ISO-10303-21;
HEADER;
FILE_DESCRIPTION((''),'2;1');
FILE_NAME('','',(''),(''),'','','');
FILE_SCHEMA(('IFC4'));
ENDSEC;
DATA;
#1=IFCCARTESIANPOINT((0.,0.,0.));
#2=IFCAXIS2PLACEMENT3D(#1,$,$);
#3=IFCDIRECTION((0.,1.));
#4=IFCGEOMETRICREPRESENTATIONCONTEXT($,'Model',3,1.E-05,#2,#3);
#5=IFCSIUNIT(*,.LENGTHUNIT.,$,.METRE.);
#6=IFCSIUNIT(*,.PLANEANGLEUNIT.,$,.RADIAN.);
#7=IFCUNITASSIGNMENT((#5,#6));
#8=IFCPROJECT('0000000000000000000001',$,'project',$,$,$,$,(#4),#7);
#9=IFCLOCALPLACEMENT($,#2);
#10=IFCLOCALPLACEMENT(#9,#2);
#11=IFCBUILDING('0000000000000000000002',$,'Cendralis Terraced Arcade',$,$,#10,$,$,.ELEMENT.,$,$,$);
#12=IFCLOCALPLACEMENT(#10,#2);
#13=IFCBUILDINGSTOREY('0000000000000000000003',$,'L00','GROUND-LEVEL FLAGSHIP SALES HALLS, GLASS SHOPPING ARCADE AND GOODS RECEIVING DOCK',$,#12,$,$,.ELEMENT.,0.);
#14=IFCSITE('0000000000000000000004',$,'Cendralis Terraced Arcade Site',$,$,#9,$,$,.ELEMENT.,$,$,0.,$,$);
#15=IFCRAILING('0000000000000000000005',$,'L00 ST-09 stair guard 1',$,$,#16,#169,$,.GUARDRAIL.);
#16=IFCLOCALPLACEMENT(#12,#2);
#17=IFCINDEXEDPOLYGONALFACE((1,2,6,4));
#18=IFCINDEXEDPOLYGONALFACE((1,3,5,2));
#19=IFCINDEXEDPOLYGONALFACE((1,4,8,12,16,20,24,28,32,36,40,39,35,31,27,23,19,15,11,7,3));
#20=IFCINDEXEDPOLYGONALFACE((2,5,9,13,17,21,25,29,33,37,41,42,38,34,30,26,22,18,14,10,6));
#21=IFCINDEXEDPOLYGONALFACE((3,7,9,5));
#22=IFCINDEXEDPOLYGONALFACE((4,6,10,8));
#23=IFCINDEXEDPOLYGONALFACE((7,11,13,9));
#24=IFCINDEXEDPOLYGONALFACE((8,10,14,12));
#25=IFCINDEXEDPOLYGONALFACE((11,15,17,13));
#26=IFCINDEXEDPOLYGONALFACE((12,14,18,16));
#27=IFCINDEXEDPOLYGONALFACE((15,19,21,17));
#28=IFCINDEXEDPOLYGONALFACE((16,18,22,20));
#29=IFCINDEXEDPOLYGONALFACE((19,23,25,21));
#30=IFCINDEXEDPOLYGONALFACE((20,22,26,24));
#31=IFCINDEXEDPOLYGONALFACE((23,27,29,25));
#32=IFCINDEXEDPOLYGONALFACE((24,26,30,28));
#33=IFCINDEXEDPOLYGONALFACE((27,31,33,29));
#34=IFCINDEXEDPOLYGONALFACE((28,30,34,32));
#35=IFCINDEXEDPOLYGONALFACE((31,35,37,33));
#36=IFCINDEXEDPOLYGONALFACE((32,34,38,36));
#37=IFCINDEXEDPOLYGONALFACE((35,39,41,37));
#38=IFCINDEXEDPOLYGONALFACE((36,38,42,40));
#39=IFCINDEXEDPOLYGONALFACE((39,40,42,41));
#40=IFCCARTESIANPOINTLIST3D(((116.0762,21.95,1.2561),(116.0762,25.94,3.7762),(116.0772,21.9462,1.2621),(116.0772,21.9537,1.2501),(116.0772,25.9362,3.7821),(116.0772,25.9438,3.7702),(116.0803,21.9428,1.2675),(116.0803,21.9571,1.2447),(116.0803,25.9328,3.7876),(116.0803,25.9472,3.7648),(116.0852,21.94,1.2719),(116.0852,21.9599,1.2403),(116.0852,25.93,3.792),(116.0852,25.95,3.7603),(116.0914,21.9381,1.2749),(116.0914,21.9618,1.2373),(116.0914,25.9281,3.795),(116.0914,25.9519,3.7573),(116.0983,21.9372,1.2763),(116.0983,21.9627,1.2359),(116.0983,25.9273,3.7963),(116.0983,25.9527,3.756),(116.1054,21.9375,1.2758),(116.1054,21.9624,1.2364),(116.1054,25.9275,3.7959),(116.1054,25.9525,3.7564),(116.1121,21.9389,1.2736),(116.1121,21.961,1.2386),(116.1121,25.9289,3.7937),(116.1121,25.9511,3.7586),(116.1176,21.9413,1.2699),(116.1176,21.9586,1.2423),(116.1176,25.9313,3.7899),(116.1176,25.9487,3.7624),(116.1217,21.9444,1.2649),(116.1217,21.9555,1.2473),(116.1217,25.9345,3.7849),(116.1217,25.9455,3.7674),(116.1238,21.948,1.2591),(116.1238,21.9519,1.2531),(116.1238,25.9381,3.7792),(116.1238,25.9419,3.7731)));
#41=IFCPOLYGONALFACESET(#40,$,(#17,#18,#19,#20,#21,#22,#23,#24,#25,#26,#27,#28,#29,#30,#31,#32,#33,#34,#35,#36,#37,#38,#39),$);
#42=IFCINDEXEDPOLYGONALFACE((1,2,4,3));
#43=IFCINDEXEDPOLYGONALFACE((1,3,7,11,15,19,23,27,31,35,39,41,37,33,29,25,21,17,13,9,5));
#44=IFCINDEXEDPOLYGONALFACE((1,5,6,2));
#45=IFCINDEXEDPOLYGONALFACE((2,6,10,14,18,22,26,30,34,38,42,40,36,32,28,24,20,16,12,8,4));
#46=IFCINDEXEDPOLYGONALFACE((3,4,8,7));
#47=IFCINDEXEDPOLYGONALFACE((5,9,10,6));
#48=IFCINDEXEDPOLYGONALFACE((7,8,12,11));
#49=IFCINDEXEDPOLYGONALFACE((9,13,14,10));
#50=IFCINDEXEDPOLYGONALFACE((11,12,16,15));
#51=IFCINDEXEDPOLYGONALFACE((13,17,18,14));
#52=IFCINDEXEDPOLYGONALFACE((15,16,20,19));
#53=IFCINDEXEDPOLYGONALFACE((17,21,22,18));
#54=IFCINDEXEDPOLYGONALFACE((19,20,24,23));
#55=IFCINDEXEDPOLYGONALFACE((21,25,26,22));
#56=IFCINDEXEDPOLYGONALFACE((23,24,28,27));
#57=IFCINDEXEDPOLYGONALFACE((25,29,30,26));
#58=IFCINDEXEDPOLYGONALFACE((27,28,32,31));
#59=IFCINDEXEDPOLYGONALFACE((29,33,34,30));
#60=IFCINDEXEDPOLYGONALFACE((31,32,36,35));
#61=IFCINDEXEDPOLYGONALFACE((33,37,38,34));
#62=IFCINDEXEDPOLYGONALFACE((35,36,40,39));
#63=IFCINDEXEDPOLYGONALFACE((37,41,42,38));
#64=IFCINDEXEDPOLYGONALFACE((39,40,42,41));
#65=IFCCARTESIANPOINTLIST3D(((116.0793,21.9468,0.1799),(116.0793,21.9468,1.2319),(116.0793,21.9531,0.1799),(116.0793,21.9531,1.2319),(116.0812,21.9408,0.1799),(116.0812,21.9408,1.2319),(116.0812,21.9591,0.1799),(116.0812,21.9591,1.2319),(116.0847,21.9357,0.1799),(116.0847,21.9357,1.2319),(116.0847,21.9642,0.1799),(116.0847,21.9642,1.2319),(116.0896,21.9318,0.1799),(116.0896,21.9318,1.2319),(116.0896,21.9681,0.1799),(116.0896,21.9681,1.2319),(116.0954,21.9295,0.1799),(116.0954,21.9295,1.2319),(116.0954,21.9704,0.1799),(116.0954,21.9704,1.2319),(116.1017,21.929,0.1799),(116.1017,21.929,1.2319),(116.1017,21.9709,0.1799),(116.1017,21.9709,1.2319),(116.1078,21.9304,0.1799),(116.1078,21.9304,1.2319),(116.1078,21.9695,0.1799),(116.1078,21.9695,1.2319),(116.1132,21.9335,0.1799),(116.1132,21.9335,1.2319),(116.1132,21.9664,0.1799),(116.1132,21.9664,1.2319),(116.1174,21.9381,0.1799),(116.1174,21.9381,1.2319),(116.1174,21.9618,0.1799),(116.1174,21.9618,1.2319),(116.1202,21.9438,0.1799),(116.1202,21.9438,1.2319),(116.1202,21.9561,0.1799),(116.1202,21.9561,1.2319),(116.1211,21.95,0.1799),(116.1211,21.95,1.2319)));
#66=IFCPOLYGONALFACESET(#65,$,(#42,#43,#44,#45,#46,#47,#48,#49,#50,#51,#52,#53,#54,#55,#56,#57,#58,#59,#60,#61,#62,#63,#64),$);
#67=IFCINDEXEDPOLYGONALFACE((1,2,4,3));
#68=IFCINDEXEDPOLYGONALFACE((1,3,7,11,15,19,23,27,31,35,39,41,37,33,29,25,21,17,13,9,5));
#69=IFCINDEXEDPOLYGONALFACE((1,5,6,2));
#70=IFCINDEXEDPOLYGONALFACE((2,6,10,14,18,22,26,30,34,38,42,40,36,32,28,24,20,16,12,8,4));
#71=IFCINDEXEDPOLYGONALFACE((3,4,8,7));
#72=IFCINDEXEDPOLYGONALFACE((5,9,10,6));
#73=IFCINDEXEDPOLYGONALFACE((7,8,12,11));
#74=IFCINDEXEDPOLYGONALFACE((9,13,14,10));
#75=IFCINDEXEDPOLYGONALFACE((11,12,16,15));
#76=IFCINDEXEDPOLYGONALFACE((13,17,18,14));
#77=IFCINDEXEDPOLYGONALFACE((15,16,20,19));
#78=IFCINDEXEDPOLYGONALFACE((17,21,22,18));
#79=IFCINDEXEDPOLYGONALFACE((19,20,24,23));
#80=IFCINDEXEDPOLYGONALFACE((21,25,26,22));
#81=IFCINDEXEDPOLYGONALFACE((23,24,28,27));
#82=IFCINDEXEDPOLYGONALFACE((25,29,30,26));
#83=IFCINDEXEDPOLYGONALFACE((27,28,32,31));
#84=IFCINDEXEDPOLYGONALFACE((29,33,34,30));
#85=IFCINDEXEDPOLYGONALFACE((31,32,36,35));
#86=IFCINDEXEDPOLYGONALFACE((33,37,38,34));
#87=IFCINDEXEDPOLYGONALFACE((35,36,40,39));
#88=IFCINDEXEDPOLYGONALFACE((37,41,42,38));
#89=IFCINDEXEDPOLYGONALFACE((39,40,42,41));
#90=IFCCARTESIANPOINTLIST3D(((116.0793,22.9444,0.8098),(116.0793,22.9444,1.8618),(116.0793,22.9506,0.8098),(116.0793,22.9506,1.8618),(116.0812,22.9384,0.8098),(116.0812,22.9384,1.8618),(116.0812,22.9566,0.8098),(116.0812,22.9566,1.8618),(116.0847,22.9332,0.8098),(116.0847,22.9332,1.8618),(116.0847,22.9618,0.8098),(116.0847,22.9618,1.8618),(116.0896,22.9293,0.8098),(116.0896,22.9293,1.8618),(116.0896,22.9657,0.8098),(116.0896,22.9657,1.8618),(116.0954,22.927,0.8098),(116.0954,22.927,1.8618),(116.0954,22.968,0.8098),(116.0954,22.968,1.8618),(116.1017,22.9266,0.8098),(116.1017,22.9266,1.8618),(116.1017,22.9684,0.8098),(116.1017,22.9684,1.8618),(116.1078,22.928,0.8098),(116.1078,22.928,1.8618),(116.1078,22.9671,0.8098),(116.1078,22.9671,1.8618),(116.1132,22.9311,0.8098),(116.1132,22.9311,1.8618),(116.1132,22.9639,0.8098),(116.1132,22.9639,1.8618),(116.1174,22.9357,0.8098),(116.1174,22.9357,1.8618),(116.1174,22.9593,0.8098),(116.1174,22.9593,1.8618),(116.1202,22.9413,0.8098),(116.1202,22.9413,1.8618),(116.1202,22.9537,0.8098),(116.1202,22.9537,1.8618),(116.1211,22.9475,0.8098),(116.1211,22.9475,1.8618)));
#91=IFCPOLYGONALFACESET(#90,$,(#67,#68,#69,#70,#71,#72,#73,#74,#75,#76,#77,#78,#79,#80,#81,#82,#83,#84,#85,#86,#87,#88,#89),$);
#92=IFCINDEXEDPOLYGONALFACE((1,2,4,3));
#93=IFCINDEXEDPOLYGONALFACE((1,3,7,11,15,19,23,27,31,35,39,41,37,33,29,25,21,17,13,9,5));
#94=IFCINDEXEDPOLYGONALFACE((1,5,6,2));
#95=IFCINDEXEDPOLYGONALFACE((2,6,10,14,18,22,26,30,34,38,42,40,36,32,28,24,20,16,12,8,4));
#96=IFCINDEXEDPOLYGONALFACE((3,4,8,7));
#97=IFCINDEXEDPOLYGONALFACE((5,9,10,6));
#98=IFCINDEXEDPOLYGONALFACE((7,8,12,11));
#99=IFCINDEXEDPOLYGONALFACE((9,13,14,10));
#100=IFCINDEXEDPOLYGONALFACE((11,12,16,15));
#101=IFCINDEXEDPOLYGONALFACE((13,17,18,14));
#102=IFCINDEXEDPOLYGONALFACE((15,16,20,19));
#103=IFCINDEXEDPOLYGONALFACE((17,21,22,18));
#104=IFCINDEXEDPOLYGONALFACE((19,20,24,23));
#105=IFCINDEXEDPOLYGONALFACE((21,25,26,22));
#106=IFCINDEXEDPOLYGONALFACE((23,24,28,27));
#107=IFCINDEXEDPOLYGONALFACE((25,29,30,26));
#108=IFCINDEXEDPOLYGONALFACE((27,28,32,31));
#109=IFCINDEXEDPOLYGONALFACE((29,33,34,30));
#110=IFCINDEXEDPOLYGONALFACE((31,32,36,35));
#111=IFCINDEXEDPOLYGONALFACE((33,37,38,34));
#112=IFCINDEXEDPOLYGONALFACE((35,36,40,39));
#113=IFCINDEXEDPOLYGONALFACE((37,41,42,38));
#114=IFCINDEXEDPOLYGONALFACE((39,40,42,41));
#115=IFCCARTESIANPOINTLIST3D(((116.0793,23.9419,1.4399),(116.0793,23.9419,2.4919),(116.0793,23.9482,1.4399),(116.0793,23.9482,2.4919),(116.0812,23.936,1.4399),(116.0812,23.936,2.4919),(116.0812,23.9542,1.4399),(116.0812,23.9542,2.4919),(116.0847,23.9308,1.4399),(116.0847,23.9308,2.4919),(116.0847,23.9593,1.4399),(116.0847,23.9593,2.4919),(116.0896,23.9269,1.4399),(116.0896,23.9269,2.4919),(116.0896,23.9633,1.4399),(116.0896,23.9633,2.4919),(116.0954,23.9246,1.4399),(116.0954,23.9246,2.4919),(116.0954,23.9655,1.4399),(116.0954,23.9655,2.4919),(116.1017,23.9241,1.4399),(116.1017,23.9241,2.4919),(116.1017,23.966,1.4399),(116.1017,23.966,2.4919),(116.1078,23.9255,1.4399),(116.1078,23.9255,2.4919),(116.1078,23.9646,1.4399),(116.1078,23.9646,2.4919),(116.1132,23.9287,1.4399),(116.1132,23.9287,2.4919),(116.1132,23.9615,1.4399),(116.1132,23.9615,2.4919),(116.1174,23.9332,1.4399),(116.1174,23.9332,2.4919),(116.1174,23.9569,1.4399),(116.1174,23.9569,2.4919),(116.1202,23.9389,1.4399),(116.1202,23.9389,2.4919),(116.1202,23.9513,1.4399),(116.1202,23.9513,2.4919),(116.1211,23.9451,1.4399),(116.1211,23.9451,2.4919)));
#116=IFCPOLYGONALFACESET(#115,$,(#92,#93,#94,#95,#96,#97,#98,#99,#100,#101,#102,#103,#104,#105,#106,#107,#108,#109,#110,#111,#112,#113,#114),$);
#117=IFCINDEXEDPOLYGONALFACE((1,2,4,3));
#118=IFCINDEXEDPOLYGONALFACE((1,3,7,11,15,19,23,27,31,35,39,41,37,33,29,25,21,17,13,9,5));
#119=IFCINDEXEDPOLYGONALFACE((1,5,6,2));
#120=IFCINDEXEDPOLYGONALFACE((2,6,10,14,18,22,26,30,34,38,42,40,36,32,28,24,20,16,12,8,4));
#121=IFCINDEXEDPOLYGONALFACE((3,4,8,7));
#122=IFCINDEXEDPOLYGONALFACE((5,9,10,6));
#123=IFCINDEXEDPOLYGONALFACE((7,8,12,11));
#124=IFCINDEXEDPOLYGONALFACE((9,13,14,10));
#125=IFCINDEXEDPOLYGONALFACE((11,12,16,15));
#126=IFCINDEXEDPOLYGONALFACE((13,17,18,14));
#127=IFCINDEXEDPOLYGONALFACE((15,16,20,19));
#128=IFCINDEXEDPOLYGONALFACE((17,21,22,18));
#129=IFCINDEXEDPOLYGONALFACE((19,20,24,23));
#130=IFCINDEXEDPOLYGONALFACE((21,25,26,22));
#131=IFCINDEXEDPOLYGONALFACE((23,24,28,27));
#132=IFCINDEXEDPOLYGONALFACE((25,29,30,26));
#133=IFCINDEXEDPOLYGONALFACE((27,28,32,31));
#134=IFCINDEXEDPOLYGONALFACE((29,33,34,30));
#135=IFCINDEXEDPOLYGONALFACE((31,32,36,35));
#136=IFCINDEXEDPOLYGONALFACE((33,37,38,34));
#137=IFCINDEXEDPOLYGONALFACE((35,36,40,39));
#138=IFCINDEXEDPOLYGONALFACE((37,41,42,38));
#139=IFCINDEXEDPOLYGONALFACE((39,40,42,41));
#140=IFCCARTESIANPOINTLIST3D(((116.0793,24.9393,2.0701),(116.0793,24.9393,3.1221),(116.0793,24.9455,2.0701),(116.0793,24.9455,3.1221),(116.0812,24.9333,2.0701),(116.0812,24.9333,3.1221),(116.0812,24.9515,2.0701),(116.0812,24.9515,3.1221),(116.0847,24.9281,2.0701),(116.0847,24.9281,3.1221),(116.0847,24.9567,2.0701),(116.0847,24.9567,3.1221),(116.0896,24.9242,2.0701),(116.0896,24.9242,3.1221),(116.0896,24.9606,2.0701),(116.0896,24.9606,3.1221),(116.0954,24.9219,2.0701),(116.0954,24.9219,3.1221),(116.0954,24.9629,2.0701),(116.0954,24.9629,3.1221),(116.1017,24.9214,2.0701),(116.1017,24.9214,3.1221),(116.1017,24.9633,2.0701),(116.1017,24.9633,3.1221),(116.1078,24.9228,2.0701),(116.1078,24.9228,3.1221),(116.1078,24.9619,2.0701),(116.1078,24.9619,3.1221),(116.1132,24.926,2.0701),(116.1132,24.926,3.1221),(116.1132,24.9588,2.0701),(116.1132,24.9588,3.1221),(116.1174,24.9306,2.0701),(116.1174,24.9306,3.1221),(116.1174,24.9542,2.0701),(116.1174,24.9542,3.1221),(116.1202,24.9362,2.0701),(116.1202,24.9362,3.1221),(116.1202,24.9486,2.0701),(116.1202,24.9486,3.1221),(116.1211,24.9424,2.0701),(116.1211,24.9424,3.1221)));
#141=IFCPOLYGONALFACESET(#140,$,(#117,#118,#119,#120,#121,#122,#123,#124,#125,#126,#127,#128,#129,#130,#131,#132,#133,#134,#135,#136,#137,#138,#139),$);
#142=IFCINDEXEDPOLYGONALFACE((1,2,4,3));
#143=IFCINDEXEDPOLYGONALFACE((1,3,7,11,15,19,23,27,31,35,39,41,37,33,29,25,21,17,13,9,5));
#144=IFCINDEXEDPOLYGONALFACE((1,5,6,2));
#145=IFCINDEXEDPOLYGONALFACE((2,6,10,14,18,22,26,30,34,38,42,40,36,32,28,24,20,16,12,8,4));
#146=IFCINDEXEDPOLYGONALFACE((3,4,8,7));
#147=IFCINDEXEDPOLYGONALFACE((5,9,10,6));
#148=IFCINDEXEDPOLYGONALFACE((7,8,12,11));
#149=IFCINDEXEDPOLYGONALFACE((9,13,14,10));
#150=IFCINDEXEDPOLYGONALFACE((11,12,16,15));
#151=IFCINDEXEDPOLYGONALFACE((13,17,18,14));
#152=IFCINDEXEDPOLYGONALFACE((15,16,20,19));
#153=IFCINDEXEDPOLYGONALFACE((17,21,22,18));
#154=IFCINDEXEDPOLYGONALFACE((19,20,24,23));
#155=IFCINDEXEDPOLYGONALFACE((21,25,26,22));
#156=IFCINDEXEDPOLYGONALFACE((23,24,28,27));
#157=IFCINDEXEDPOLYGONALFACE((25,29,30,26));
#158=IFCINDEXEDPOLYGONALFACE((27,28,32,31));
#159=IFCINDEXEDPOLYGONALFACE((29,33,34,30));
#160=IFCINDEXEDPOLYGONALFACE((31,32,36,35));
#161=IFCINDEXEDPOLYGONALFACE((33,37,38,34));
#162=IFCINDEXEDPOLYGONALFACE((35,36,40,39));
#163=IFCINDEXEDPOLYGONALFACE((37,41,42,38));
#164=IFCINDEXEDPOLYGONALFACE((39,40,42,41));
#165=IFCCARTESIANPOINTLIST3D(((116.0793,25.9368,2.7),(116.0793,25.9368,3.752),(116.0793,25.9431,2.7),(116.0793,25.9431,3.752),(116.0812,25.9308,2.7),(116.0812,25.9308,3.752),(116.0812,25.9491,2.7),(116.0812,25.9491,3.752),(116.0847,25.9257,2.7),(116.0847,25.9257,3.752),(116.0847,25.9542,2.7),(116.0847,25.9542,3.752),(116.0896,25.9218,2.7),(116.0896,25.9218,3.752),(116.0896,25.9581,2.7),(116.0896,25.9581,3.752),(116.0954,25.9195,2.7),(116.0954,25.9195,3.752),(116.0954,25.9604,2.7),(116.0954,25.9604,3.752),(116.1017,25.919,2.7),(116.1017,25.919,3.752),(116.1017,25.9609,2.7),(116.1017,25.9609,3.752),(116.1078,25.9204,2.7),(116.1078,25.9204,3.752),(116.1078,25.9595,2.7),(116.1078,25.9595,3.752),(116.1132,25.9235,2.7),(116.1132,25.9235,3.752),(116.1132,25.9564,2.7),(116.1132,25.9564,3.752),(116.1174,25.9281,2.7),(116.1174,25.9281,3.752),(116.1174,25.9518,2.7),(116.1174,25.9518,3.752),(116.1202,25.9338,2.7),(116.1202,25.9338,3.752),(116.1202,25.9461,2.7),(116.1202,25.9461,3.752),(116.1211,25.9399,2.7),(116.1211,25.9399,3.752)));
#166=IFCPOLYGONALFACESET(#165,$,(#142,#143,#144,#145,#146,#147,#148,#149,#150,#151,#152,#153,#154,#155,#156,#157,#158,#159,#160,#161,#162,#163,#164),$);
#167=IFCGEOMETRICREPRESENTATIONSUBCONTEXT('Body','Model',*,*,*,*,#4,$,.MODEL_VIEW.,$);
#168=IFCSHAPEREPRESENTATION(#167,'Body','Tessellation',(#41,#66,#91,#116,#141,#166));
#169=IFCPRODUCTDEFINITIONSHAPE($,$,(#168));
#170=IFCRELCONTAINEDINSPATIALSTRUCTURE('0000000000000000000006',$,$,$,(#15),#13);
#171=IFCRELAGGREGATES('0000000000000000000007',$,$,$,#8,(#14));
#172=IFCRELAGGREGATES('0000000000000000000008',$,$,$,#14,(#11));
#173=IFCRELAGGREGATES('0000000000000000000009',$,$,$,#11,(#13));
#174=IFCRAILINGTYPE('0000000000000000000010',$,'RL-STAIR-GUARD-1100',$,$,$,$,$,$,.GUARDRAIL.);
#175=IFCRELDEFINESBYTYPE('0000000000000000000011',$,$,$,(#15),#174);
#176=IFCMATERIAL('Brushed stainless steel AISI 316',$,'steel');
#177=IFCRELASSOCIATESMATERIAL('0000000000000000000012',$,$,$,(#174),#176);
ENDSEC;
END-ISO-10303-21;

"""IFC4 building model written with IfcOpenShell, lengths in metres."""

from ifc_helpers import new_model, si_unit, direction, frame, origin, origin_2d, place, context, subcontext, project, spatial, circle, extrude, material, type_object, element, save


model = new_model("IFC4")

# Units and contexts
model_context = context("Model", 3, precision=1e-05, world=origin(), true_north=direction((0.0, 1.0)))
body_context = subcontext(model_context, "Body", "Model", "MODEL_VIEW")
ifc_project = project(units=[si_unit("LENGTHUNIT", "METRE"), si_unit("PLANEANGLEUNIT", "RADIAN")], contexts=[model_context])

# Site, building, storey
site_placement = place(None, origin())
site = spatial("IfcSite", under=ifc_project, at=site_placement, Name="Cendralis Terraced Arcade Site", CompositionType="ELEMENT", RefElevation=0.0)
building_placement = place(site_placement, origin())
building = spatial("IfcBuilding", under=site, at=building_placement, Name="Cendralis Terraced Arcade", CompositionType="ELEMENT")
storey_placement = place(building_placement, origin())
storey = spatial("IfcBuildingStorey", under=building, at=storey_placement, Name="L00", Description="GROUND-LEVEL FLAGSHIP SALES HALLS, GLASS SHOPPING ARCADE AND GOODS RECEIVING DOCK", CompositionType="ELEMENT", Elevation=0.0)

# Railing
ifc_material_1 = material(Name="Brushed stainless steel AISI 316", Category="steel")
railing_type_1 = type_object("IfcRailingType", Name="RL-STAIR-GUARD-1100", PredefinedType="GUARDRAIL", material=ifc_material_1)
railing_1_placement = place(storey_placement, frame((116.1001, 21.95, 0.1799)))
element("IfcRailing", 1, at=railing_1_placement, inside=storey, type_object=railing_type_1, Name="L00 ST-09 stair guard 1", PredefinedType="GUARDRAIL", context=body_context, shape_type="SweptSolid", body=[
    extrude(circle(Radius=0.0239, at=origin_2d()), frame((0.0, 0.0, 1.0762), z_axis=(0.0, 0.845486, 0.533997), x_axis=(-1.0, 0.0, 0.0)), (0.0, 0.0, 1.0), 4.7192),
    extrude(circle(Radius=0.021, at=origin_2d()), origin(), (0.0, 0.0, 1.0), 1.052),
    extrude(circle(Radius=0.021, at=origin_2d()), frame((0.0, 0.9976, 0.6299)), (0.0, 0.0, 1.0), 1.052),
    extrude(circle(Radius=0.021, at=origin_2d()), frame((0.0, 1.9951, 1.26)), (0.0, 0.0, 1.0), 1.052),
    extrude(circle(Radius=0.021, at=origin_2d()), frame((0.0, 2.9924, 1.8901)), (0.0, 0.0, 1.0), 1.052),
    extrude(circle(Radius=0.021, at=origin_2d()), frame((0.0, 3.99, 2.52)), (0.0, 0.0, 1.0), 1.052),
])

save(model, "model.ifc")
